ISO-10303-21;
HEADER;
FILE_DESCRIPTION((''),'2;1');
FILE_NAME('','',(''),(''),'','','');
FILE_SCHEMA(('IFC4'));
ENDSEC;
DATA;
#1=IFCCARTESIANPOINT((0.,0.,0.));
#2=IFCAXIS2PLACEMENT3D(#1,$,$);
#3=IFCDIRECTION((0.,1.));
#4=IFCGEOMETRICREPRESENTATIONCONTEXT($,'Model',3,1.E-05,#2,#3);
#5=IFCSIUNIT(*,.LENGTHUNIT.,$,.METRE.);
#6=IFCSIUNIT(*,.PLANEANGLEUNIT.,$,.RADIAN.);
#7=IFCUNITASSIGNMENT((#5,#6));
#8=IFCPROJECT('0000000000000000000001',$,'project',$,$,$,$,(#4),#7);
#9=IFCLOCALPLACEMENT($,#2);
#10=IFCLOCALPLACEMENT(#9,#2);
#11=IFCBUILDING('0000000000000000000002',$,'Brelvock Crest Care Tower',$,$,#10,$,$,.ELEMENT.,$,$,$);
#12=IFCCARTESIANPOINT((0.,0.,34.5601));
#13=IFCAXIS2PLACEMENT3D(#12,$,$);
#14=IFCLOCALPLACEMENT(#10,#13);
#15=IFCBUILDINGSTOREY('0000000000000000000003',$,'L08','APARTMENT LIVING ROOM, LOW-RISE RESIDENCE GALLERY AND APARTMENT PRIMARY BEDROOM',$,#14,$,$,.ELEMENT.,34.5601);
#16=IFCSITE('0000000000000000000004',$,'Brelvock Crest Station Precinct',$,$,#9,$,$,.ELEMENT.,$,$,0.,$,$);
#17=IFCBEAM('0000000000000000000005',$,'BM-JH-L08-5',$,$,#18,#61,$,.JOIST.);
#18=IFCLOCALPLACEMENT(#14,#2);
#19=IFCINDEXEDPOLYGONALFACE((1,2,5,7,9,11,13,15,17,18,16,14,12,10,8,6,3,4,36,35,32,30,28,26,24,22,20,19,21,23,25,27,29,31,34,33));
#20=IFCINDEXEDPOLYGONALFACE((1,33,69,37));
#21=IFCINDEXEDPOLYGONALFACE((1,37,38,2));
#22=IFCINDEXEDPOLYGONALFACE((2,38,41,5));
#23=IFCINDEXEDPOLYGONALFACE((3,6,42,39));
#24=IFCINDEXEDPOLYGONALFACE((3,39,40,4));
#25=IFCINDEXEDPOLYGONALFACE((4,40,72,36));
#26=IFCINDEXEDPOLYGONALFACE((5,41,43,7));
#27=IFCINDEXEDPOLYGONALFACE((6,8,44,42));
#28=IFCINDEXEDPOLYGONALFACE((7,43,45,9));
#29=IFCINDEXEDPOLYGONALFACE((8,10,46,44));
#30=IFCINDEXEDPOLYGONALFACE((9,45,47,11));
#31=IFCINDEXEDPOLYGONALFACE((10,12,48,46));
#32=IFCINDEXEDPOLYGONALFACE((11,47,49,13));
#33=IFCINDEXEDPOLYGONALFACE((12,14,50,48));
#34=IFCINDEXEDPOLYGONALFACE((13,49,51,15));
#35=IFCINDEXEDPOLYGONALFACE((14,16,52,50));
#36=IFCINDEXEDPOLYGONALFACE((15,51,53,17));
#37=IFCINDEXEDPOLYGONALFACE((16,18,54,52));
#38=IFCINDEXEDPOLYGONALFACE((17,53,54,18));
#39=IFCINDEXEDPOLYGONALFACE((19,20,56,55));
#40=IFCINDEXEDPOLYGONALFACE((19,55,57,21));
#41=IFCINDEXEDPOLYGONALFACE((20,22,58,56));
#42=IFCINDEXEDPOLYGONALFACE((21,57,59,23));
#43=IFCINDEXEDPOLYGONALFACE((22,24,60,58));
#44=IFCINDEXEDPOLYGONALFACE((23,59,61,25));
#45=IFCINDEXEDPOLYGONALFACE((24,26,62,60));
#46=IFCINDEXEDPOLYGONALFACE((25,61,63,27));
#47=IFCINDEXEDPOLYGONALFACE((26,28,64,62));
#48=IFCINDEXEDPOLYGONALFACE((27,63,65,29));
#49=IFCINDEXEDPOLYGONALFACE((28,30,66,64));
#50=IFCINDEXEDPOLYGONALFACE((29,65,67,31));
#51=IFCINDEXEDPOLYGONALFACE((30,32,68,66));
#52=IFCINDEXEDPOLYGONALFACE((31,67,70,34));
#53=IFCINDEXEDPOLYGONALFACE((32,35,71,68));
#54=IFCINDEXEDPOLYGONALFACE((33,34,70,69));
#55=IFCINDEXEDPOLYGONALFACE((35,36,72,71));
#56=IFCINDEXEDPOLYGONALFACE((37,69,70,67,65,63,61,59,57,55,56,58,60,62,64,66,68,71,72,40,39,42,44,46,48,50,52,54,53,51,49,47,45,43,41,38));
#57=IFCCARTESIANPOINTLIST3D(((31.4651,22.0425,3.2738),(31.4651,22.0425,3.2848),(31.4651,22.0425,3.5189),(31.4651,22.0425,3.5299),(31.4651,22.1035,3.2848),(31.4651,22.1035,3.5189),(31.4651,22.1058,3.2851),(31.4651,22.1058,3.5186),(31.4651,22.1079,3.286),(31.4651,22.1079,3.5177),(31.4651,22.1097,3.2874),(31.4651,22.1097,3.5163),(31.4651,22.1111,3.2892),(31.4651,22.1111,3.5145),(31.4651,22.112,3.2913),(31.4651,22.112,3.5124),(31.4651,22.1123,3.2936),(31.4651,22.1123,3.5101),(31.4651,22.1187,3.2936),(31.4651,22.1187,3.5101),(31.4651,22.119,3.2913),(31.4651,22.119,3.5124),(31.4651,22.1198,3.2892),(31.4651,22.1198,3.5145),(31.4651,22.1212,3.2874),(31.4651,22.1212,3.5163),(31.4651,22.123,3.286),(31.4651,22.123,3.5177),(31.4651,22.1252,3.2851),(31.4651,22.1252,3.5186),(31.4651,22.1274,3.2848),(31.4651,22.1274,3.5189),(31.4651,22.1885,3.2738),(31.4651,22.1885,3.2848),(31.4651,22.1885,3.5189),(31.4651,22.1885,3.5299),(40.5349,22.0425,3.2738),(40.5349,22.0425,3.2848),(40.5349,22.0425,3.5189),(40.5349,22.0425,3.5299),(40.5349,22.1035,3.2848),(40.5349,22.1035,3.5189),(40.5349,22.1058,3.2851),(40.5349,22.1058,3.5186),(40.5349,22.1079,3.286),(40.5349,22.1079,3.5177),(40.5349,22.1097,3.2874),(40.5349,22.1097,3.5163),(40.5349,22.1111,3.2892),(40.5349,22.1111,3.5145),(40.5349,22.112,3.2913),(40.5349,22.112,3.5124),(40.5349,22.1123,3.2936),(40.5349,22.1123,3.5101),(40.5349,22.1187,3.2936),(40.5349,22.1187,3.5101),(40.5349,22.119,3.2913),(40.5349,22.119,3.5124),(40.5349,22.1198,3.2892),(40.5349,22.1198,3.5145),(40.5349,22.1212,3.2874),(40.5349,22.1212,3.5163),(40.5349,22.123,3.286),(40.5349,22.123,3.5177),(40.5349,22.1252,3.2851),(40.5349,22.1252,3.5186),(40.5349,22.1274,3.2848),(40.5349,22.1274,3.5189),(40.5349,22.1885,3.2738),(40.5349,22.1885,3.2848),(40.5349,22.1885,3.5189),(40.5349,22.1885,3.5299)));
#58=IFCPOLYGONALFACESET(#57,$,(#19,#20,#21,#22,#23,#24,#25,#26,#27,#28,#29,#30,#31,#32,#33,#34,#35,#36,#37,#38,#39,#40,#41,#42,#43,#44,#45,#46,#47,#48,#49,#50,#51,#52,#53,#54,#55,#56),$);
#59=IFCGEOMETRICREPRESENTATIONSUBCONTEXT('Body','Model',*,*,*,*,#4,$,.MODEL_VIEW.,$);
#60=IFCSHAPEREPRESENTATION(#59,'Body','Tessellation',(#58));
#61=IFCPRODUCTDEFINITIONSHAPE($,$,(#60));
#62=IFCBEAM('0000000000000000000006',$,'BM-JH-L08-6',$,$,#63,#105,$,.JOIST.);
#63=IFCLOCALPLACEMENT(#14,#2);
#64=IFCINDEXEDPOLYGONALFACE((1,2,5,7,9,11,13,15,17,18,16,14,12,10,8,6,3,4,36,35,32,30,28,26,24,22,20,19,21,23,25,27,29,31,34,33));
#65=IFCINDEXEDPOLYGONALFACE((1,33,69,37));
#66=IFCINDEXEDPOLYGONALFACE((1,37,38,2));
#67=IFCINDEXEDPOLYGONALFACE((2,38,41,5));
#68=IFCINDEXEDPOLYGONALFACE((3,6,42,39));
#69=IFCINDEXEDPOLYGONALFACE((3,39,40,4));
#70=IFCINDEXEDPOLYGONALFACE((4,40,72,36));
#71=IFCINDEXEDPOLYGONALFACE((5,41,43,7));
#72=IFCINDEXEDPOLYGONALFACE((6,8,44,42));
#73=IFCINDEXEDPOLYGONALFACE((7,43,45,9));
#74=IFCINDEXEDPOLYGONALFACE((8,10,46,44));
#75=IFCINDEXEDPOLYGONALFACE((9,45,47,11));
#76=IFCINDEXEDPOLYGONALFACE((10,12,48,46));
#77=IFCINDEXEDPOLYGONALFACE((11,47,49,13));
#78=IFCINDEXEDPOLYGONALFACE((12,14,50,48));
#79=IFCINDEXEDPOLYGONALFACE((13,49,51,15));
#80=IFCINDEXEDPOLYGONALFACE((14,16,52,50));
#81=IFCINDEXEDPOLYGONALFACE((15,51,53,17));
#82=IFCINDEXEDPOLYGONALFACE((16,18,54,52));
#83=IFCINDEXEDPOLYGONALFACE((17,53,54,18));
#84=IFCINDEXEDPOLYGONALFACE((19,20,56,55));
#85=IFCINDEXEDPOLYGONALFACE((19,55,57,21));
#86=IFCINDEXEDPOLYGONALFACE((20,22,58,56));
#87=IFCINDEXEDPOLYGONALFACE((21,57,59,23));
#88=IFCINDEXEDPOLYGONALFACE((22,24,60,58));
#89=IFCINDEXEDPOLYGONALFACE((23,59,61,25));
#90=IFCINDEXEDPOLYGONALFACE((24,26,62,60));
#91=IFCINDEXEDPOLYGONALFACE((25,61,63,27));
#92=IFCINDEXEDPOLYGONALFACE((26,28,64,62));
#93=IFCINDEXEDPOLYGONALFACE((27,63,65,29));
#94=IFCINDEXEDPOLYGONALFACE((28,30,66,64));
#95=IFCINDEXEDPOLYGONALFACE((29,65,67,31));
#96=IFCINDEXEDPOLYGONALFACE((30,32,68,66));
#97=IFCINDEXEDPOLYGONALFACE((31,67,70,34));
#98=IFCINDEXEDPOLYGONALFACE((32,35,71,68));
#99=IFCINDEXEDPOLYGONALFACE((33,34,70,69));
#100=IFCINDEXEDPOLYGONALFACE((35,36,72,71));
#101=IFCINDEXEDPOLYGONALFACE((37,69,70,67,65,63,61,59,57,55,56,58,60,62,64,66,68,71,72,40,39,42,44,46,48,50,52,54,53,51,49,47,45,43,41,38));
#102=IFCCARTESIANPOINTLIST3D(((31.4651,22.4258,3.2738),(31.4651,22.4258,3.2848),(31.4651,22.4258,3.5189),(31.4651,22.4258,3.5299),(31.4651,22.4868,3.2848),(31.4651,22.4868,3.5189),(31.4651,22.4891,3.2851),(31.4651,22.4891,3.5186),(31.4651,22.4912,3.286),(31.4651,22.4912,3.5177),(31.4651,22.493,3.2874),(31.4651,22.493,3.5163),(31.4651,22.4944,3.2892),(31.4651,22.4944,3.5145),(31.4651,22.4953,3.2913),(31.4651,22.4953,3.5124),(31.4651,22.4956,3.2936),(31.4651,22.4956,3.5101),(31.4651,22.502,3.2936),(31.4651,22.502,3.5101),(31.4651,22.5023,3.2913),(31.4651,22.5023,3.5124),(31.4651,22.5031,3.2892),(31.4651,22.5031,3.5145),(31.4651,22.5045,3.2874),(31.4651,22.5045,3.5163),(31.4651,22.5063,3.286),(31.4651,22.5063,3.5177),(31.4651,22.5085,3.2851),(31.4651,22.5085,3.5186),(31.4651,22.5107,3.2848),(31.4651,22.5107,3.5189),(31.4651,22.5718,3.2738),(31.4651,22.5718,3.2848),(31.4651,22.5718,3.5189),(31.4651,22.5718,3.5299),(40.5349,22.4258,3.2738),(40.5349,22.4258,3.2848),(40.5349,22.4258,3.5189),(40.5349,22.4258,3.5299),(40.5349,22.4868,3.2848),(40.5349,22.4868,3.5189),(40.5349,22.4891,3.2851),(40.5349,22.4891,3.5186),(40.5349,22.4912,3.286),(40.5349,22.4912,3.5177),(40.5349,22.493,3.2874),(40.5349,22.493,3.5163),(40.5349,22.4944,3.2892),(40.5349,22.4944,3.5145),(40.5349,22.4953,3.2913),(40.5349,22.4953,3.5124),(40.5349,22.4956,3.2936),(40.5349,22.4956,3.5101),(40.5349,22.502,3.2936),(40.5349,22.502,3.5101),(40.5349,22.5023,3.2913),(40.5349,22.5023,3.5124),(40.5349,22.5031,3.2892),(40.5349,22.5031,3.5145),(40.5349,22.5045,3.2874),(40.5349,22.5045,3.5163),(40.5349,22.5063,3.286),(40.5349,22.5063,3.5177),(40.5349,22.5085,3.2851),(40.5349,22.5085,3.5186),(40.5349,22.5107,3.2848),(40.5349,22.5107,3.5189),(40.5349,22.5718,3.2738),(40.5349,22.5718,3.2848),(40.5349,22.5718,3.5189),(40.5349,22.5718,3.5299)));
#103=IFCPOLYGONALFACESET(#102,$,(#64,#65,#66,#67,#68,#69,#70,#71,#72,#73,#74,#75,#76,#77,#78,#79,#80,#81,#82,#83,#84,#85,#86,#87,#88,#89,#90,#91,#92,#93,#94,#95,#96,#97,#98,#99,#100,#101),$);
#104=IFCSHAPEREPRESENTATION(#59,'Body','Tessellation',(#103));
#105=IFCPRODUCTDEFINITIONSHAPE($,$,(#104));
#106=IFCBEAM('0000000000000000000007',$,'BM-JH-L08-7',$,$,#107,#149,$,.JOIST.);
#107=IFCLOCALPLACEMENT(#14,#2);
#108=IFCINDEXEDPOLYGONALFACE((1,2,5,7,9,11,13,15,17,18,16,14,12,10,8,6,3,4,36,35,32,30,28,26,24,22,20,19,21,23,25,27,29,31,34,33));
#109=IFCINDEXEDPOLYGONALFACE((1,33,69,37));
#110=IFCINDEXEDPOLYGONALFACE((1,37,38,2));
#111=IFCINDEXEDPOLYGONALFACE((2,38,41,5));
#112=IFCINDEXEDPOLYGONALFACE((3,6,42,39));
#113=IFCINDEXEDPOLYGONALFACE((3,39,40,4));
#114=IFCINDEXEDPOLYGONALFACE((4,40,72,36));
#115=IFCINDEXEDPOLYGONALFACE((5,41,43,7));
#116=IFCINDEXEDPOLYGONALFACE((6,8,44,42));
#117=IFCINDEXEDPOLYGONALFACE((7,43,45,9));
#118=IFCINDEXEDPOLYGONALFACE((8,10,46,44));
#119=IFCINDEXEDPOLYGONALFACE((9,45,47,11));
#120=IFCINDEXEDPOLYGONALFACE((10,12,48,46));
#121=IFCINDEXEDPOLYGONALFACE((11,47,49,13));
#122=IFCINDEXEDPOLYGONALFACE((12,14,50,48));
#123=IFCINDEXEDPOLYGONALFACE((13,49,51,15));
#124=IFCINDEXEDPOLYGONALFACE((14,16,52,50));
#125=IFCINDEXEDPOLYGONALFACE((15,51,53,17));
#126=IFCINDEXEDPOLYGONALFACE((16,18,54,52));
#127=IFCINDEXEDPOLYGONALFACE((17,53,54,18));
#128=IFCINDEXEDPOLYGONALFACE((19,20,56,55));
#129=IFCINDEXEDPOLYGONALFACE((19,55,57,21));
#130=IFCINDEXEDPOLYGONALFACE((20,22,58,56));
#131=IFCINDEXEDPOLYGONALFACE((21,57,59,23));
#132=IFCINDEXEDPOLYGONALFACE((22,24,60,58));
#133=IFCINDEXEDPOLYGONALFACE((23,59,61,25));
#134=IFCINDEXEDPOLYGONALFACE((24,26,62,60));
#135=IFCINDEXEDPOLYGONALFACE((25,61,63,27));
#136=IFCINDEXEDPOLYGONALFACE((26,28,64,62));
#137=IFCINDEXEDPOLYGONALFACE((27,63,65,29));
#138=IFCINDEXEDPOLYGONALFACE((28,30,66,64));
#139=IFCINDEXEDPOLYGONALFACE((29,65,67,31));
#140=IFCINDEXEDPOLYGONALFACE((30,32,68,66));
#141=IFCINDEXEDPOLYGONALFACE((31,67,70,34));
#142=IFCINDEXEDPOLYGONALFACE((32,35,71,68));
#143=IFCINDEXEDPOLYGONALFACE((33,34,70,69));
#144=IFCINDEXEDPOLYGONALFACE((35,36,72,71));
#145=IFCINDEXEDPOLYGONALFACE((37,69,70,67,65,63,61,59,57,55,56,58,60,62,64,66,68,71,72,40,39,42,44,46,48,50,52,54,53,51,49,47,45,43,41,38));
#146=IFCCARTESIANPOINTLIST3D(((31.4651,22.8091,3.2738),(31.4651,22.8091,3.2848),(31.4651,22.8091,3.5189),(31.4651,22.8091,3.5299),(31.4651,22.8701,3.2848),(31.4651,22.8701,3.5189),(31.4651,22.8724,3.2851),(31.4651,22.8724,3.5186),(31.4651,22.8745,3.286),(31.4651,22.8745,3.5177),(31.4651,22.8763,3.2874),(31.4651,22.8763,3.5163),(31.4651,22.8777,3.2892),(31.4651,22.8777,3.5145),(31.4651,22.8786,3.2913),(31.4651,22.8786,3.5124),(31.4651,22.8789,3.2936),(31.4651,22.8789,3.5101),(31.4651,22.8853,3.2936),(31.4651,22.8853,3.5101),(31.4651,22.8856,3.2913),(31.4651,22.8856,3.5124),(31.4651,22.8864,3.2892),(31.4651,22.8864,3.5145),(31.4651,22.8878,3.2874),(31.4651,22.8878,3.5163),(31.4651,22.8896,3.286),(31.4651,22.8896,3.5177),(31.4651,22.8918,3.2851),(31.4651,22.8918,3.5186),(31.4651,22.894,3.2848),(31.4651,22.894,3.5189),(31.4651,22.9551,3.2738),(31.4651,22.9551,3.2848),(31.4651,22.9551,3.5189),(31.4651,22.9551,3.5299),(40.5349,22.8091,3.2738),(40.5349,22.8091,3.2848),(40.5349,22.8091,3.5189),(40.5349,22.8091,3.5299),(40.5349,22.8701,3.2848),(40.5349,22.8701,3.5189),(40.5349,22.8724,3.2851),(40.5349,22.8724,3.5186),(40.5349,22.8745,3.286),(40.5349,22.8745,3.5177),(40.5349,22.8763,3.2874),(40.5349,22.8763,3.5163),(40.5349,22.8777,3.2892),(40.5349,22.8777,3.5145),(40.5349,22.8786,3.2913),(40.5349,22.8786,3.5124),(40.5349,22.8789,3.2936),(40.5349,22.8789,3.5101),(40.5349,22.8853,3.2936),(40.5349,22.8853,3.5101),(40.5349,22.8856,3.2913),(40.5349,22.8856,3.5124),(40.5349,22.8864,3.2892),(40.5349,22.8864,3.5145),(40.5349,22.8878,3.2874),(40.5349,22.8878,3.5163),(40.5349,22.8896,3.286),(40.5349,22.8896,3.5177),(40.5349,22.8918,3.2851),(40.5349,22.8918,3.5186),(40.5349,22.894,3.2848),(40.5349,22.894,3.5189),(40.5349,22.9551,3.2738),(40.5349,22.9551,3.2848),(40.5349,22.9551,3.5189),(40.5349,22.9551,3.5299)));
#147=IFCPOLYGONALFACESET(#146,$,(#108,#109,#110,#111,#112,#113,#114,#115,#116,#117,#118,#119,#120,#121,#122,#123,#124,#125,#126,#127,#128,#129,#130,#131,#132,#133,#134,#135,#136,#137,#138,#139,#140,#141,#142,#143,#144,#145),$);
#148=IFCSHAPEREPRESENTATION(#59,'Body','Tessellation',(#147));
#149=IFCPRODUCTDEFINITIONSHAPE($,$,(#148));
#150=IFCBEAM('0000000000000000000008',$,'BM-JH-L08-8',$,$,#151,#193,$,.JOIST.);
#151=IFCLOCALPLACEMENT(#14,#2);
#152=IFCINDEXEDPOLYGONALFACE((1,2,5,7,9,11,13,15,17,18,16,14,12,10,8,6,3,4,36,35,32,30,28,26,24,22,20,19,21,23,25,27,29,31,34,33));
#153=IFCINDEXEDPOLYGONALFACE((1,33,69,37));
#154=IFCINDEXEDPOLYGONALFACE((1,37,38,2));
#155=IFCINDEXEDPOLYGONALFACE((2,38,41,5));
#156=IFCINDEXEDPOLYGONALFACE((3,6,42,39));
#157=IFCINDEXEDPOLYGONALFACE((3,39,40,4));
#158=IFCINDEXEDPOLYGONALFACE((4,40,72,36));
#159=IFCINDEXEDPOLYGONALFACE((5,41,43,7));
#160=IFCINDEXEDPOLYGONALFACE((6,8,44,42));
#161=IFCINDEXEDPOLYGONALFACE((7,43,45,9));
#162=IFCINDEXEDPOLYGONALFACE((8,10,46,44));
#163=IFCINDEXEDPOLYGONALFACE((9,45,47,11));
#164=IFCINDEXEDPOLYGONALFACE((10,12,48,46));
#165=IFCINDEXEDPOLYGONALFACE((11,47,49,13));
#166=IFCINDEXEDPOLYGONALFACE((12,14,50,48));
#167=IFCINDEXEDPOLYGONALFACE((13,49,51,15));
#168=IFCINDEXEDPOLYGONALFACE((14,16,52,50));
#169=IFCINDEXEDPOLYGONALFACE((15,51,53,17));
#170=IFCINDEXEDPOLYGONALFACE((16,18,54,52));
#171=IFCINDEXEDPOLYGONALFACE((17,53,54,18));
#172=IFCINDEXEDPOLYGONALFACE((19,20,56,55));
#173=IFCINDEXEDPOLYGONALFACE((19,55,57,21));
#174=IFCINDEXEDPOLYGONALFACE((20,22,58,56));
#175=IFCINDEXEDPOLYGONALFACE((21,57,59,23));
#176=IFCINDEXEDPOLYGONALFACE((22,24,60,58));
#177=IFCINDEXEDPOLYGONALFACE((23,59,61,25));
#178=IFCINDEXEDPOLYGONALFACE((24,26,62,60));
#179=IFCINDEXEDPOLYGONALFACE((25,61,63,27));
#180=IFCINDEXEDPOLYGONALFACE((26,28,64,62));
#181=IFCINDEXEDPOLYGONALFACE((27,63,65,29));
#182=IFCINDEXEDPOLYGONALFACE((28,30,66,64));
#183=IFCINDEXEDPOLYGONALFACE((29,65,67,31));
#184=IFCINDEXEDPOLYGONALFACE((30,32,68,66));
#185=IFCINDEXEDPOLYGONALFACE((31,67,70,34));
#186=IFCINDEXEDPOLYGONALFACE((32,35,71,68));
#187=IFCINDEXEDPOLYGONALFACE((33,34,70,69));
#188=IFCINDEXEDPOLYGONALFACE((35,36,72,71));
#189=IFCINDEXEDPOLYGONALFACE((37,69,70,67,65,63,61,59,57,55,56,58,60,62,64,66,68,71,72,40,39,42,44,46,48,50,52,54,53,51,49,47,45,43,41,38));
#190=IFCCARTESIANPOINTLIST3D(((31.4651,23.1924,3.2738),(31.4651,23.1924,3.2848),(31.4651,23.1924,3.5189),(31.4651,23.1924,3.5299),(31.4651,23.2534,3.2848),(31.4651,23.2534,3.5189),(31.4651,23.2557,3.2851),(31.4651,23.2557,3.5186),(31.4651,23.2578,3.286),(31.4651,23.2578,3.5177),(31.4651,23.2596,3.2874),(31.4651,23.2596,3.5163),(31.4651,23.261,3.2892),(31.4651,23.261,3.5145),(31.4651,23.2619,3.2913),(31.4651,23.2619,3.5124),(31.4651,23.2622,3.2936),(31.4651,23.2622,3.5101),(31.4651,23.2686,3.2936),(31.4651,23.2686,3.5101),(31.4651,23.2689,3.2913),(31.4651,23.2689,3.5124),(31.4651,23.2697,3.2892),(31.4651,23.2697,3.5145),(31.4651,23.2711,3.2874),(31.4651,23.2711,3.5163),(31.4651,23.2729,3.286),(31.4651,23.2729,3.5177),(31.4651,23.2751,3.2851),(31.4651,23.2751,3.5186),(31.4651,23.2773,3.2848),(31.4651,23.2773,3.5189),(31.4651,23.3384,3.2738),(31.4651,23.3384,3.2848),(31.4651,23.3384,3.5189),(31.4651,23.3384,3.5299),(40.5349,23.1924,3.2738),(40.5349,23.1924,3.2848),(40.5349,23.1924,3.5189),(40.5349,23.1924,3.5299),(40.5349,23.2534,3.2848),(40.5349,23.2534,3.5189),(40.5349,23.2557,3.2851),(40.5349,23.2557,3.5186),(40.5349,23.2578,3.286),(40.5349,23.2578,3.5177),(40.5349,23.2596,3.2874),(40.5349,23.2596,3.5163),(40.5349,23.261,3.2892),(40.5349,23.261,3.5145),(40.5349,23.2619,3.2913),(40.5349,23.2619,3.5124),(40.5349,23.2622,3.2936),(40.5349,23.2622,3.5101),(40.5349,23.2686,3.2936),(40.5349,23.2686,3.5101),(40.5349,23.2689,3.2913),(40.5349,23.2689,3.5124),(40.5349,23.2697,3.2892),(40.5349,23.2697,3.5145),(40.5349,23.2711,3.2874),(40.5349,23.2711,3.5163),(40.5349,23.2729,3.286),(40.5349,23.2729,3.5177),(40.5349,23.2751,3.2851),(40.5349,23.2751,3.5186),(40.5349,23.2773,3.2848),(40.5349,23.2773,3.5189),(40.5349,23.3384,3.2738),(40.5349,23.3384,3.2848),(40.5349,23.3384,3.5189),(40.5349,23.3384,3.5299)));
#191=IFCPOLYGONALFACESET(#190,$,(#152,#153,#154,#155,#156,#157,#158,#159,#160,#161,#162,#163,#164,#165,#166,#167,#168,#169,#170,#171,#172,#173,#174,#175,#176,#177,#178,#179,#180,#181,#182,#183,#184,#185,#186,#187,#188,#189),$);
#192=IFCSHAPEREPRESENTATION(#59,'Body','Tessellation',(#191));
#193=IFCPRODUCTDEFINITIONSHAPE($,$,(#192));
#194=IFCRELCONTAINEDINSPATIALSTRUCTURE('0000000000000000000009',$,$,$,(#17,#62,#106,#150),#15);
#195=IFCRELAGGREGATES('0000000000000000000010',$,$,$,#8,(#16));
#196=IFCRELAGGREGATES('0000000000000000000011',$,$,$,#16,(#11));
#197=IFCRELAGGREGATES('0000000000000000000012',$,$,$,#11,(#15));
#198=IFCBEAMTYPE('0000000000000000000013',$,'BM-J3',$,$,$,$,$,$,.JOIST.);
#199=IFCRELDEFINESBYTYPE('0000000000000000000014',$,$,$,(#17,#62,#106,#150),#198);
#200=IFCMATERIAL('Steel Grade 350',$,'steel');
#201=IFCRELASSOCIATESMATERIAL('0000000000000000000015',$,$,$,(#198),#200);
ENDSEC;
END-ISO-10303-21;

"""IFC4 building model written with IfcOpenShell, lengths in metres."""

from ifc_helpers import new_model, si_unit, direction, frame, origin, origin_2d, place, context, subcontext, project, spatial, i_section, extrude, source, transform, mapped, material, material_profile, profile_set, type_object, element, save


model = new_model("IFC4")

# Units and contexts
model_context = context("Model", 3, precision=1e-05, world=origin(), true_north=direction((0.0, 1.0)))
body_context = subcontext(model_context, "Body", "Model", "MODEL_VIEW")
ifc_project = project(units=[si_unit("LENGTHUNIT", "METRE"), si_unit("PLANEANGLEUNIT", "RADIAN")], contexts=[model_context])

# Site, building, storey
site_placement = place(None, origin())
site = spatial("IfcSite", under=ifc_project, at=site_placement, Name="Brelvock Crest Station Precinct", CompositionType="ELEMENT", RefElevation=0.0)
building_placement = place(site_placement, origin())
building = spatial("IfcBuilding", under=site, at=building_placement, Name="Brelvock Crest Care Tower", CompositionType="ELEMENT")
storey_placement = place(building_placement, frame((0.0, 0.0, 34.5601)))
storey = spatial("IfcBuildingStorey", under=building, at=storey_placement, Name="L08", Description="APARTMENT LIVING ROOM, LOW-RISE RESIDENCE GALLERY AND APARTMENT PRIMARY BEDROOM", CompositionType="ELEMENT", Elevation=34.5601)

# Beams
ifc_material_1 = material(Name="Steel Grade 350", Category="steel")
ifc_material_profile = material_profile(ifc_material_1, i_section(OverallWidth=0.146, OverallDepth=0.2561, WebThickness=0.0063, FlangeThickness=0.011, FilletRadius=0.0088, at=origin_2d()), Name="250UB37.3")
ifc_profile_set = profile_set([ifc_material_profile], Name="Steel Grade 350")
beam_type = type_object("IfcBeamType", Name="BM-J3", PredefinedType="JOIST", material=ifc_profile_set)
shared_shape_1 = source(origin(), body_context, "Body", "SweptSolid", [
    extrude(i_section(OverallWidth=0.146, OverallDepth=0.2561, WebThickness=0.0063, FlangeThickness=0.011, FilletRadius=0.0088, at=origin_2d()), origin(), (0.0, 0.0, 1.0), 9.0698),
])
for number, where, z_axis, x_axis, name in (
    (1, (31.4651, 22.1155, 3.4019), (1.0, 0.0, 0.0), (0.0, 1.0, 0.0), "BM-JH-L08-5"),
    (2, (31.4651, 22.4988, 3.4019), (1.0, 0.0, 0.0), (0.0, 1.0, 0.0), "BM-JH-L08-6"),
    (3, (31.4651, 22.8821, 3.4019), (1.0, 0.0, 0.0), (0.0, 1.0, 0.0), "BM-JH-L08-7"),
    (4, (31.4651, 23.2654, 3.4019), (1.0, 0.0, 0.0), (0.0, 1.0, 0.0), "BM-JH-L08-8"),
):
    element("IfcBeam", number, at=place(storey_placement, frame(where, z_axis=z_axis, x_axis=x_axis)), inside=storey, type_object=beam_type, Name=name, PredefinedType="JOIST", context=body_context, shape_type="MappedRepresentation", body=[
        mapped(shared_shape_1, transform((0.0, 0.0, 0.0), x_axis=(1.0, 0.0, 0.0), y_axis=(0.0, 1.0, 0.0), z_axis=(0.0, 0.0, 1.0), scale=1.0)),
    ])

save(model, "model.ifc")
